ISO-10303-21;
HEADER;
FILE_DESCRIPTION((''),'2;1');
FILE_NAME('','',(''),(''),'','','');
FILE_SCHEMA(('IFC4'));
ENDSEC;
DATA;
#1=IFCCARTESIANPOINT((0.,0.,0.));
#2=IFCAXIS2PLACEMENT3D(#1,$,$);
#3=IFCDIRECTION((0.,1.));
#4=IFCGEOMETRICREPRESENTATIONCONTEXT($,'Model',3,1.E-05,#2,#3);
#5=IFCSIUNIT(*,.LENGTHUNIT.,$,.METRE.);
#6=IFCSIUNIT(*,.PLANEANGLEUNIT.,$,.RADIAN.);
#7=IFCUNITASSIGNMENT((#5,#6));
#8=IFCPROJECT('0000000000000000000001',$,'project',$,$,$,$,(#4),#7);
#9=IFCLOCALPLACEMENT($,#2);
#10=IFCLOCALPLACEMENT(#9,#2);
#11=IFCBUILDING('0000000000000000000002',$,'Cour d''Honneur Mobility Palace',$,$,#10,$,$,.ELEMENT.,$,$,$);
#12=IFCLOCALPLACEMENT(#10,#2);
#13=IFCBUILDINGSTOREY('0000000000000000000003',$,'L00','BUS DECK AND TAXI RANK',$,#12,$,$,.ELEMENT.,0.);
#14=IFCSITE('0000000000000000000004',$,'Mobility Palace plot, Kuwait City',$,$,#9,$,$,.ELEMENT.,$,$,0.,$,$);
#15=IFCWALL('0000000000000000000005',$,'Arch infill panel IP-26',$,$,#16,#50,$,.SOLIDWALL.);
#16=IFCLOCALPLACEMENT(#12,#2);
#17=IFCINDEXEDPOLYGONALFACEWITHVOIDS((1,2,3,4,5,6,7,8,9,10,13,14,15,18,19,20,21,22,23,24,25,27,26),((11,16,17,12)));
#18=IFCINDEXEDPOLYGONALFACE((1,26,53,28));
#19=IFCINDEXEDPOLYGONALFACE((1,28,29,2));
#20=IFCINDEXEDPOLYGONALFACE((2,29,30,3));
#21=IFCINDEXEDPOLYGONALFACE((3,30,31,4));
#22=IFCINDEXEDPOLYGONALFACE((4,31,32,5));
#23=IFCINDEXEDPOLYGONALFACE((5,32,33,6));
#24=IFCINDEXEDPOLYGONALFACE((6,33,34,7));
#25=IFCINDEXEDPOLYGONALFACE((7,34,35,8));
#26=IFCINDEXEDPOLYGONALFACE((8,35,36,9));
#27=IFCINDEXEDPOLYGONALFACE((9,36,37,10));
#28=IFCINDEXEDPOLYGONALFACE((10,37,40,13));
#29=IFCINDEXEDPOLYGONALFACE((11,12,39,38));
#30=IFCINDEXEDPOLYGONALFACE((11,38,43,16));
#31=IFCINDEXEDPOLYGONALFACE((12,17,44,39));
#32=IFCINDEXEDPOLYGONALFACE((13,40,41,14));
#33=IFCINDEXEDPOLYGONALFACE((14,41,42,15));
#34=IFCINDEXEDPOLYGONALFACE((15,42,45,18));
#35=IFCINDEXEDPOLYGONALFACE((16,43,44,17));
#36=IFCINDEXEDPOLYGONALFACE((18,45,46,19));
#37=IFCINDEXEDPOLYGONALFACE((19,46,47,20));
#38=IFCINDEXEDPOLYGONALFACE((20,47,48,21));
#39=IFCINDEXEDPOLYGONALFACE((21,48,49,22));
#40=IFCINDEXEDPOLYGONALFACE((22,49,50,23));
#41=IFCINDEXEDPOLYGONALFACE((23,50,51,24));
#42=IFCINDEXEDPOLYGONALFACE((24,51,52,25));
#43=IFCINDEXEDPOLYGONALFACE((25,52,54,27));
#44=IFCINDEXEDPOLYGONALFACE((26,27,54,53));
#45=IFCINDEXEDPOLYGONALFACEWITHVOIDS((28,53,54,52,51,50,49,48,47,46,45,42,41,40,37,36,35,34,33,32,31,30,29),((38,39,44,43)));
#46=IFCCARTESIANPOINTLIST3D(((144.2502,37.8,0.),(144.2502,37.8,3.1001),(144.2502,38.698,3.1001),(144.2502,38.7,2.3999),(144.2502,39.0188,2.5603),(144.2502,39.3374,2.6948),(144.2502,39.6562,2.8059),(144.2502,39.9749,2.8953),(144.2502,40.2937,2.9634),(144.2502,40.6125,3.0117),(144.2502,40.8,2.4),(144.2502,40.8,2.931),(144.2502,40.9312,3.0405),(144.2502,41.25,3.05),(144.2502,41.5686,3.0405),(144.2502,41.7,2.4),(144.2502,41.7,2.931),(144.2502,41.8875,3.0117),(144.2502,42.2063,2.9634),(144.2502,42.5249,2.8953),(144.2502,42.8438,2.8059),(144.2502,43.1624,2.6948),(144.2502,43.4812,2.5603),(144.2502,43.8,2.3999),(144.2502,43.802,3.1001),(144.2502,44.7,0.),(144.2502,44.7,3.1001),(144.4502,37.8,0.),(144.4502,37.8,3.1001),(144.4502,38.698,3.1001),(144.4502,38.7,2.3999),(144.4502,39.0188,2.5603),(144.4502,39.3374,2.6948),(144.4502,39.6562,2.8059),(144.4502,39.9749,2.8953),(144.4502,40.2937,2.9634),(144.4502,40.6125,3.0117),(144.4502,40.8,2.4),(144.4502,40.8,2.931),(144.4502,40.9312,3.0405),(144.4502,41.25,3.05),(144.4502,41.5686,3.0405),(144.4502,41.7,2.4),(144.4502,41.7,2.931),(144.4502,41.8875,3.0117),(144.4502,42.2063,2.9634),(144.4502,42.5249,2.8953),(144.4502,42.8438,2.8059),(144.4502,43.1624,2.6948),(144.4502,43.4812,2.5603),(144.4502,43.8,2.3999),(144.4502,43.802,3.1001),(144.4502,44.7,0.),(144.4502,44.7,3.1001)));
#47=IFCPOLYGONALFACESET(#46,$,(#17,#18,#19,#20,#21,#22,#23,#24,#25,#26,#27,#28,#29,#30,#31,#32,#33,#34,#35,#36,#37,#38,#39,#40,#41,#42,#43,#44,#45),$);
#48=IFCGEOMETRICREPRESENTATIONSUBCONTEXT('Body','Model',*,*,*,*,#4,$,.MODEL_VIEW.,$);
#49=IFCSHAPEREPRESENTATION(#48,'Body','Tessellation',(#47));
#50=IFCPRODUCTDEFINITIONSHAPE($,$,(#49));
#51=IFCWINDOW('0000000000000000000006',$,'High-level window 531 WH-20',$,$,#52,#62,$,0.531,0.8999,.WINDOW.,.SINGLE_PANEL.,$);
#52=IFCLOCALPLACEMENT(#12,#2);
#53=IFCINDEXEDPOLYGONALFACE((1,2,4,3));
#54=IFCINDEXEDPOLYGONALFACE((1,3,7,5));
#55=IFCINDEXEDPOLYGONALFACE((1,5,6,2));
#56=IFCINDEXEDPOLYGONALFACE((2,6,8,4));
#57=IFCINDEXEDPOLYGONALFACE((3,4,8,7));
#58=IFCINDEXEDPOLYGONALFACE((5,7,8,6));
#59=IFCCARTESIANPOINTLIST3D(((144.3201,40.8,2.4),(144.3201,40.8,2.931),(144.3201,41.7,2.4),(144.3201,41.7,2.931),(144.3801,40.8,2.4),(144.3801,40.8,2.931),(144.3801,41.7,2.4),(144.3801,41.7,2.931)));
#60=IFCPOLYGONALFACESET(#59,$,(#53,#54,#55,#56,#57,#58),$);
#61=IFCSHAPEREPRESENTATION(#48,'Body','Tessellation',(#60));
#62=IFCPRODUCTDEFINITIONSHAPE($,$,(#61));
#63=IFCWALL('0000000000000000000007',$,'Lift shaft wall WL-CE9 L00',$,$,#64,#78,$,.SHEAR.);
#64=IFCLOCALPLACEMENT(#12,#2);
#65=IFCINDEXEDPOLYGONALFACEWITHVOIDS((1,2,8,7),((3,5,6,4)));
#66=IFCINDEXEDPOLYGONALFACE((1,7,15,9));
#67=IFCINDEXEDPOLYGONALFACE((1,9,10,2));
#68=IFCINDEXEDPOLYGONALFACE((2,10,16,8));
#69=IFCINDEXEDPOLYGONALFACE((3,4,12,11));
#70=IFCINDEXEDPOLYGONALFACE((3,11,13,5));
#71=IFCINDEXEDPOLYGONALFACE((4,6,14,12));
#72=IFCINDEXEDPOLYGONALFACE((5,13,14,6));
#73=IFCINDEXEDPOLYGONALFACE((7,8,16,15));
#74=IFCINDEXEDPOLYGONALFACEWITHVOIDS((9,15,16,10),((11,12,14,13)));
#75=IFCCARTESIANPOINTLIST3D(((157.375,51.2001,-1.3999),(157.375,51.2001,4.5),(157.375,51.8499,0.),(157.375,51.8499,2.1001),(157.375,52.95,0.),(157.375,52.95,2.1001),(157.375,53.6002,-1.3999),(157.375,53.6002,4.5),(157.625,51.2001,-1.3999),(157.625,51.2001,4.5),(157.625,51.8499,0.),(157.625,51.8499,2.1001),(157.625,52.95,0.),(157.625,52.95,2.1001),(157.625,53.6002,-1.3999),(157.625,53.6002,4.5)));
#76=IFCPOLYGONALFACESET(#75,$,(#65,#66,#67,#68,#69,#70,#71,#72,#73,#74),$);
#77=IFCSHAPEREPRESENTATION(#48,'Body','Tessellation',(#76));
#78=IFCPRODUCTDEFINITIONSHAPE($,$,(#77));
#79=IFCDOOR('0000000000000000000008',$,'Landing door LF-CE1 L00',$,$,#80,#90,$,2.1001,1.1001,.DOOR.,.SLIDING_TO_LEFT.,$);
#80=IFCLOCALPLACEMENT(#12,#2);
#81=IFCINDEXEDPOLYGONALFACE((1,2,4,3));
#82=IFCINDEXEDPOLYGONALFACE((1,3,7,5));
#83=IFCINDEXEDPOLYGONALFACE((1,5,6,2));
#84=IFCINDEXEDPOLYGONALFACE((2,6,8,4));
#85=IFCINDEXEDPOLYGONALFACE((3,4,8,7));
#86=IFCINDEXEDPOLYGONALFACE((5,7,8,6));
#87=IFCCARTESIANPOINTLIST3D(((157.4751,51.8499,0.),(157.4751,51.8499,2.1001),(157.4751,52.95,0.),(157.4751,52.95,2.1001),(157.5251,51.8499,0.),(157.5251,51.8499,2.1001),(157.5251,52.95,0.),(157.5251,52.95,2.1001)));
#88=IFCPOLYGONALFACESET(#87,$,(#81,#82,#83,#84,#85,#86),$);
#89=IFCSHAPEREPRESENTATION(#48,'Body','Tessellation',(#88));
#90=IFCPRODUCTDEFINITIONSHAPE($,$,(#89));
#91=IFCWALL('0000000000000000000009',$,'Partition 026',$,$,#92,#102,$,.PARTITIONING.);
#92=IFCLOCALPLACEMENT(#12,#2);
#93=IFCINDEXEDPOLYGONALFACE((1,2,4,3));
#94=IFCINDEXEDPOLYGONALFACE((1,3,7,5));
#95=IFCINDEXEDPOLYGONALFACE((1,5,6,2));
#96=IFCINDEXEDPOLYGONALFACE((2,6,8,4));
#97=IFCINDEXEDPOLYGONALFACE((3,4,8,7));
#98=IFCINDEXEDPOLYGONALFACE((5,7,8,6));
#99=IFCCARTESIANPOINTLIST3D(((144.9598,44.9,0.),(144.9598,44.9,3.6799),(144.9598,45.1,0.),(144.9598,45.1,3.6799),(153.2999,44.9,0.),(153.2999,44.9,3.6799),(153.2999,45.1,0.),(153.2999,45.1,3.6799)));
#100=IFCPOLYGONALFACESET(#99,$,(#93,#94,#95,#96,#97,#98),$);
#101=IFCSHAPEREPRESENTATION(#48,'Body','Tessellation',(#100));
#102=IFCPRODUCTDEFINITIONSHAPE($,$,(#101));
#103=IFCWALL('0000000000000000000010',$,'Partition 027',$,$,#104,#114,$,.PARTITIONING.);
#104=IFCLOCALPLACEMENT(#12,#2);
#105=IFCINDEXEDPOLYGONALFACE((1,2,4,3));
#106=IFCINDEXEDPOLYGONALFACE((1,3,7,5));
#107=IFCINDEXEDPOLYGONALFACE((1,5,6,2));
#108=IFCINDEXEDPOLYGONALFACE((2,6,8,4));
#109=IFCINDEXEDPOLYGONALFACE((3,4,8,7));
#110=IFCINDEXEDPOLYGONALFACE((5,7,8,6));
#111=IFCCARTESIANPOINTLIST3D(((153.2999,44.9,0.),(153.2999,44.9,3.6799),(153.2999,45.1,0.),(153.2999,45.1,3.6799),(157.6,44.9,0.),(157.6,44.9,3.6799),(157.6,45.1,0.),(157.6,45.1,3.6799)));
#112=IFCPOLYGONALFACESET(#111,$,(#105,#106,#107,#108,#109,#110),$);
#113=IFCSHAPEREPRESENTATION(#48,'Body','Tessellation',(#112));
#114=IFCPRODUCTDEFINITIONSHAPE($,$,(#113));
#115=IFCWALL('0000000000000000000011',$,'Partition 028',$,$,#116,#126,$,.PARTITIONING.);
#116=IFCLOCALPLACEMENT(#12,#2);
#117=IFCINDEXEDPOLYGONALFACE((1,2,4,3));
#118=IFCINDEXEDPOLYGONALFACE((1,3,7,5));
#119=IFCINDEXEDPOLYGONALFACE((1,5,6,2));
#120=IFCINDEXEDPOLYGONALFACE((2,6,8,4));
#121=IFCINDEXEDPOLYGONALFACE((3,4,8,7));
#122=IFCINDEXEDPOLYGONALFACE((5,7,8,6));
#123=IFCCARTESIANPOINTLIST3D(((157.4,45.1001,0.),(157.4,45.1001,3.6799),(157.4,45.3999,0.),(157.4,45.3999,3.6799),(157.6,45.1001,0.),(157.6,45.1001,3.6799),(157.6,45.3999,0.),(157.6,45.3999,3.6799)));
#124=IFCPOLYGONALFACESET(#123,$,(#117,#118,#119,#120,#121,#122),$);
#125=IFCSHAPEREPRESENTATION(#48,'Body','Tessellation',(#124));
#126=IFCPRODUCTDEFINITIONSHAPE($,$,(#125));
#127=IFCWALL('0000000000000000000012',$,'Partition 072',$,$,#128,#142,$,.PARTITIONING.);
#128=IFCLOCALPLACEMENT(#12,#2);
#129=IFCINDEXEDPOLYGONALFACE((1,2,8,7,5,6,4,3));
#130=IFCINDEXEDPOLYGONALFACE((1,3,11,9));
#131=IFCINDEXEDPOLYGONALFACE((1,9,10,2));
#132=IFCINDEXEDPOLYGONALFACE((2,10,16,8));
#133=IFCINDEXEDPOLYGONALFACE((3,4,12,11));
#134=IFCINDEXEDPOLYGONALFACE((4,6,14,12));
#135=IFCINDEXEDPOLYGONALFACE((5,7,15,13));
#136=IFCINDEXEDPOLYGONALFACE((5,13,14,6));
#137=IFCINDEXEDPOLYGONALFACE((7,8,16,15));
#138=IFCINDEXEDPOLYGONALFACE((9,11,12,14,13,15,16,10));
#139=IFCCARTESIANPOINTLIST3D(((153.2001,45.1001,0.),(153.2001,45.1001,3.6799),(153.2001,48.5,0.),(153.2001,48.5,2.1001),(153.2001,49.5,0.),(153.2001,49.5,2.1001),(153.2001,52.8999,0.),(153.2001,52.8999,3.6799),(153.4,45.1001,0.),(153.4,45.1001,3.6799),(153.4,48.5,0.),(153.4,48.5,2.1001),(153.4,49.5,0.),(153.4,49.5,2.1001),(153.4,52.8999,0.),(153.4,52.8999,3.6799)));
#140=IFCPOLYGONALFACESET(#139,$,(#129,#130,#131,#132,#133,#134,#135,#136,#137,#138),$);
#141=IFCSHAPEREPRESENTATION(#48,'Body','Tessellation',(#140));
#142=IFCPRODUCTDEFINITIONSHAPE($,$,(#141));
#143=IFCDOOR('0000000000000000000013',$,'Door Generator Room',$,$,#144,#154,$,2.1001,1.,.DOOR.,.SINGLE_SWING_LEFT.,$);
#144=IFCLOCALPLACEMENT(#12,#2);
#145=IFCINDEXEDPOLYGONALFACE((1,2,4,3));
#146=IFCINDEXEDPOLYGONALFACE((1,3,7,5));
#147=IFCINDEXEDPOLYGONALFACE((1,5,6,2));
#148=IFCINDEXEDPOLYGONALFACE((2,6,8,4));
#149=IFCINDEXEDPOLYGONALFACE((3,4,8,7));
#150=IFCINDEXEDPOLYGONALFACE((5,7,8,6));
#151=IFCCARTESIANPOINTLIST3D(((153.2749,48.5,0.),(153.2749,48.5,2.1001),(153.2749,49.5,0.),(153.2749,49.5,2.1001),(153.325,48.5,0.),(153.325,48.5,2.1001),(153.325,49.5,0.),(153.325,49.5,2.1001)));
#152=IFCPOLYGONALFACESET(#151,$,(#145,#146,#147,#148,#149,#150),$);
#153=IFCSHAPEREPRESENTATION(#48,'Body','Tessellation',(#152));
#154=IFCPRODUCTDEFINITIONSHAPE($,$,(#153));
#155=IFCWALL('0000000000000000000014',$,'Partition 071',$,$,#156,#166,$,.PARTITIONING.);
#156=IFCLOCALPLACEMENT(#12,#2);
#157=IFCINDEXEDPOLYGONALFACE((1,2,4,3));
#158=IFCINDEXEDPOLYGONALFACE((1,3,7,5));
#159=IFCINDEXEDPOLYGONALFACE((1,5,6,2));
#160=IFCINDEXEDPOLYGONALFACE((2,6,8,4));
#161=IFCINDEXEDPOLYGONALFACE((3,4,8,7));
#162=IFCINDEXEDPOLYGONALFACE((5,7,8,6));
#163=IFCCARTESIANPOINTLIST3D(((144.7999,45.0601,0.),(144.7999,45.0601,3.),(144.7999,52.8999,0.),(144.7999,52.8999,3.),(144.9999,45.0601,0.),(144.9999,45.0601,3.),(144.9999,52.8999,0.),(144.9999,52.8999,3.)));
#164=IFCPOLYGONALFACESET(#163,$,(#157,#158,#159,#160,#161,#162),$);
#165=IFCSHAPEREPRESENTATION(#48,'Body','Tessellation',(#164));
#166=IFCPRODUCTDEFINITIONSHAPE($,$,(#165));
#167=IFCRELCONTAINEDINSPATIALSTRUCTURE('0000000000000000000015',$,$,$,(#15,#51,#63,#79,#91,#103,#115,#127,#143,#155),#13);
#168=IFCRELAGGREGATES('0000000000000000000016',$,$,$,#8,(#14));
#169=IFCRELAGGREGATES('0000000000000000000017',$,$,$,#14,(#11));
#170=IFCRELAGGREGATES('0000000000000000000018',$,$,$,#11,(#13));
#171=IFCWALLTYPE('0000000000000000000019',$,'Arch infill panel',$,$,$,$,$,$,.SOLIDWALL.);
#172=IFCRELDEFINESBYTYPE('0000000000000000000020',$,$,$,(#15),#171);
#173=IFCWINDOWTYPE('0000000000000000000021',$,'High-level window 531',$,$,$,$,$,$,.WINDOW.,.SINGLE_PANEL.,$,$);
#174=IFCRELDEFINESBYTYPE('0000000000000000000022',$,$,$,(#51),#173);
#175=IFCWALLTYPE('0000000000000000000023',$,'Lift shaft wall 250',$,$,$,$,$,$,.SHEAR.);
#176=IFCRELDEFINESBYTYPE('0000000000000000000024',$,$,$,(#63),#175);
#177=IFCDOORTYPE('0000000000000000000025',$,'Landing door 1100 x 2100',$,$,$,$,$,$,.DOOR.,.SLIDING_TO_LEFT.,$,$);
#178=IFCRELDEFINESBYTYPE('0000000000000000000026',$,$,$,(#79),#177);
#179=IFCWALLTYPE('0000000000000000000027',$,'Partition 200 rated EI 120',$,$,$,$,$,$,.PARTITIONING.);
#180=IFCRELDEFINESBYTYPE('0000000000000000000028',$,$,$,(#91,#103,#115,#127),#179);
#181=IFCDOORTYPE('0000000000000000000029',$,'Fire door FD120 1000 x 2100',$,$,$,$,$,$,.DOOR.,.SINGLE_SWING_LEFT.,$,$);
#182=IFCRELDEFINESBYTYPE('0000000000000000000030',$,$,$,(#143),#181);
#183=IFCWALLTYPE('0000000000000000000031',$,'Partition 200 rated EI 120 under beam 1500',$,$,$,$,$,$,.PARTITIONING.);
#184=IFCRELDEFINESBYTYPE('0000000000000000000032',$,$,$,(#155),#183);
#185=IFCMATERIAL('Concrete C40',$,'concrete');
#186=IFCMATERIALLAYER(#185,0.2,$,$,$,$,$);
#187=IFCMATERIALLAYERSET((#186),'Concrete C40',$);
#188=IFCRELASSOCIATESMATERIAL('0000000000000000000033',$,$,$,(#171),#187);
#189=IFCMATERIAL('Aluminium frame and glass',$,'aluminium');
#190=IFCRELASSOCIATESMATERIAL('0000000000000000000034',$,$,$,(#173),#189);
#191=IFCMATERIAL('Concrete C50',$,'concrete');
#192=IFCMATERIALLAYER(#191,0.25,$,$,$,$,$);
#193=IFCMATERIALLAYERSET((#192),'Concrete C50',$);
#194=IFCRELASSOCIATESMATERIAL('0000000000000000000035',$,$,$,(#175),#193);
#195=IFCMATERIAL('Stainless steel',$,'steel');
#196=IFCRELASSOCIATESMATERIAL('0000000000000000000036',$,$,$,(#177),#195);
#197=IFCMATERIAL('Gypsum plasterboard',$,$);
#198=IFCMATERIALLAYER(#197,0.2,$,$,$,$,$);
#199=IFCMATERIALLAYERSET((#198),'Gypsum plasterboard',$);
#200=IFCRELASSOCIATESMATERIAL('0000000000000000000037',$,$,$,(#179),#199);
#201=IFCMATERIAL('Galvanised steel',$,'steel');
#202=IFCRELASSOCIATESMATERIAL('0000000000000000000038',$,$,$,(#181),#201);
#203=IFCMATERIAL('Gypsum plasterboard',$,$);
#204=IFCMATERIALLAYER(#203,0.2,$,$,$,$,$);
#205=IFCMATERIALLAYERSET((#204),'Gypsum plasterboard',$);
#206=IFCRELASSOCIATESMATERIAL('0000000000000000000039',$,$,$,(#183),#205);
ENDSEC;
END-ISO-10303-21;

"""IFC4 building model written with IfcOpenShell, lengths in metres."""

from ifc_helpers import new_model, si_unit, direction, frame, frame_2d, origin, place, context, subcontext, project, spatial, polyline, rectangle, outline, extrude, material, layer, layer_set, type_object, element, fill, save


model = new_model("IFC4")

# Units and contexts
model_context = context("Model", 3, precision=1e-05, world=origin(), true_north=direction((0.0, 1.0)))
body_context = subcontext(model_context, "Body", "Model", "MODEL_VIEW")
ifc_project = project(units=[si_unit("LENGTHUNIT", "METRE"), si_unit("PLANEANGLEUNIT", "RADIAN")], contexts=[model_context])

# Site, building, storey
site_placement = place(None, origin())
site = spatial("IfcSite", under=ifc_project, at=site_placement, Name="Mobility Palace plot, Kuwait City", CompositionType="ELEMENT", RefElevation=0.0)
building_placement = place(site_placement, origin())
building = spatial("IfcBuilding", under=site, at=building_placement, Name="Cour d'Honneur Mobility Palace", CompositionType="ELEMENT")
storey_placement = place(building_placement, origin())
storey = spatial("IfcBuildingStorey", under=building, at=storey_placement, Name="L00", Description="BUS DECK AND TAXI RANK", CompositionType="ELEMENT", Elevation=0.0)

# Wall, opening, window
ifc_material_1 = material(Name="Concrete C40", Category="concrete")
ifc_layer_1 = layer(ifc_material_1, 0.2)
ifc_layer_set_1 = layer_set([ifc_layer_1], Name="Concrete C40")
wall_type_1 = type_object("IfcWallType", Name="Arch infill panel", PredefinedType="SOLIDWALL", material=ifc_layer_set_1)
wall_1_placement = place(storey_placement, frame((144.3501, 44.7, 0.0), z_axis=(0.0, 0.0, 1.0), x_axis=(0.0, -1.0, 0.0)))
wall_1 = element("IfcWall", 1, at=wall_1_placement, inside=storey, type_object=wall_type_1, Name="Arch infill panel IP-26", PredefinedType="SOLIDWALL", context=body_context, shape_type="SweptSolid", body=[
    extrude(outline(polyline([(0.0, 0.0), (6.8999, 0.0), (6.8999, 3.1001), (6.002, 3.1001), (6.0, 2.3999), (5.6812, 2.5603), (5.3625, 2.6948), (5.0437, 2.8059), (4.7251, 2.8953), (4.4062, 2.9634), (4.0874, 3.0117), (3.7688, 3.0405), (3.45, 3.05), (3.1313, 3.0405), (2.8125, 3.0117), (2.4937, 2.9634), (2.175, 2.8953), (1.8562, 2.8059), (1.5376, 2.6948), (1.2188, 2.5603), (0.8999, 2.3999), (0.8979, 3.1001), (0.0, 3.1001), (0.0, 0.0)])), frame((0.0, 0.1001, 0.0), z_axis=(0.0, -1.0, 0.0), x_axis=(1.0, 0.0, 0.0)), (0.0, 0.0, 1.0), 0.2),
])
opening_1_placement = place(wall_1_placement, frame((3.0, 0.0, 2.3999)))
opening_1 = element("IfcOpeningElement", 2, at=opening_1_placement, cuts=wall_1, PredefinedType="OPENING", context=body_context, shape_type="SweptSolid", body=[
    extrude(rectangle(XDim=0.8999, YDim=0.531, at=frame_2d((0.45, 0.2656))), frame((0.0, 0.1099, 0.0), z_axis=(0.0, -1.0, 0.0), x_axis=(1.0, 0.0, 0.0)), (0.0, 0.0, 1.0), 0.22),
])
ifc_material_2 = material(Name="Aluminium frame and glass", Category="aluminium")
window_type = type_object("IfcWindowType", Name="High-level window 531", PartitioningType="SINGLE_PANEL", PredefinedType="WINDOW", material=ifc_material_2)
window_placement = place(opening_1_placement, origin())
window = element("IfcWindow", 3, at=window_placement, inside=storey, type_object=window_type, Name="High-level window 531 WH-20", OverallHeight=0.531, OverallWidth=0.8999, PartitioningType="SINGLE_PANEL", PredefinedType="WINDOW", context=body_context, shape_type="SweptSolid", body=[
    extrude(rectangle(XDim=0.8999, YDim=0.531, at=frame_2d((0.45, 0.2656))), frame((0.0, 0.03, 0.0), z_axis=(0.0, -1.0, 0.0), x_axis=(1.0, 0.0, 0.0)), (0.0, 0.0, 1.0), 0.0601),
])
fill(opening_1, window)

# Wall, opening, door
ifc_material_3 = material(Name="Concrete C50", Category="concrete")
ifc_layer_2 = layer(ifc_material_3, 0.25)
ifc_layer_set_2 = layer_set([ifc_layer_2], Name="Concrete C50")
wall_type_2 = type_object("IfcWallType", Name="Lift shaft wall 250", PredefinedType="SHEAR", material=ifc_layer_set_2)
wall_2_placement = place(storey_placement, frame((157.5, 51.2, -1.3999), z_axis=(0.0, 0.0, 1.0), x_axis=(0.0, 1.0, 0.0)))
wall_2 = element("IfcWall", 4, at=wall_2_placement, inside=storey, type_object=wall_type_2, Name="Lift shaft wall WL-CE9 L00", PredefinedType="SHEAR", context=body_context, shape_type="SweptSolid", body=[
    extrude(rectangle(XDim=2.4001, YDim=0.25, at=frame_2d((1.2002, 0.0))), origin(), (0.0, 0.0, 1.0), 5.8999),
])
opening_2_placement = place(wall_2_placement, frame((0.6499, 0.0, 1.3999)))
opening_2 = element("IfcOpeningElement", 5, at=opening_2_placement, cuts=wall_2, PredefinedType="OPENING", context=body_context, shape_type="SweptSolid", body=[
    extrude(rectangle(XDim=1.1001, YDim=2.1001, at=frame_2d((0.55, 1.05))), frame((0.0, 0.135, 0.0), z_axis=(0.0, -1.0, 0.0), x_axis=(1.0, 0.0, 0.0)), (0.0, 0.0, 1.0), 0.27),
])
ifc_material_4 = material(Name="Stainless steel", Category="steel")
door_type_1 = type_object("IfcDoorType", Name="Landing door 1100 x 2100", OperationType="SLIDING_TO_LEFT", PredefinedType="DOOR", material=ifc_material_4)
door_1_placement = place(opening_2_placement, origin())
door_1 = element("IfcDoor", 6, at=door_1_placement, inside=storey, type_object=door_type_1, Name="Landing door LF-CE1 L00", OperationType="SLIDING_TO_LEFT", OverallHeight=2.1001, OverallWidth=1.1001, PredefinedType="DOOR", context=body_context, shape_type="SweptSolid", body=[
    extrude(rectangle(XDim=1.1001, YDim=2.1001, at=frame_2d((0.55, 1.05))), frame((0.0, 0.0249, 0.0), z_axis=(0.0, -1.0, 0.0), x_axis=(1.0, 0.0, 0.0)), (0.0, 0.0, 1.0), 0.05),
])
fill(opening_2, door_1)

# Walls
ifc_material_5 = material(Name="Gypsum plasterboard")
ifc_layer_3 = layer(ifc_material_5, 0.2)
ifc_layer_set_3 = layer_set([ifc_layer_3], Name="Gypsum plasterboard")
wall_type_3 = type_object("IfcWallType", Name="Partition 200 rated EI 120", PredefinedType="PARTITIONING", material=ifc_layer_set_3)
wall_3_placement = place(storey_placement, frame((144.96, 45.0, 0.0), z_axis=(0.0, 0.0, 1.0), x_axis=(1.0, 0.0, 0.0)))
element("IfcWall", 7, at=wall_3_placement, inside=storey, type_object=wall_type_3, Name="Partition 026", PredefinedType="PARTITIONING", context=body_context, shape_type="SweptSolid", body=[
    extrude(rectangle(XDim=8.3401, YDim=0.2, at=frame_2d((4.1699, 0.0))), origin(), (0.0, 0.0, 1.0), 3.6799),
])
wall_4_placement = place(storey_placement, frame((153.3, 45.0, 0.0), z_axis=(0.0, 0.0, 1.0), x_axis=(1.0, 0.0, 0.0)))
element("IfcWall", 8, at=wall_4_placement, inside=storey, type_object=wall_type_3, Name="Partition 027", PredefinedType="PARTITIONING", context=body_context, shape_type="SweptSolid", body=[
    extrude(rectangle(XDim=4.3, YDim=0.2, at=frame_2d((2.1499, 0.0))), origin(), (0.0, 0.0, 1.0), 3.6799),
])
wall_5_placement = place(storey_placement, frame((157.5, 45.1001, 0.0), z_axis=(0.0, 0.0, 1.0), x_axis=(0.0, 1.0, 0.0)))
element("IfcWall", 9, at=wall_5_placement, inside=storey, type_object=wall_type_3, Name="Partition 028", PredefinedType="PARTITIONING", context=body_context, shape_type="SweptSolid", body=[
    extrude(rectangle(XDim=0.2998, YDim=0.2, at=frame_2d((0.1499, 0.0))), origin(), (0.0, 0.0, 1.0), 3.6799),
])

# Wall, opening, door
wall_6_placement = place(storey_placement, frame((153.3, 52.8999, 0.0), z_axis=(0.0, 0.0, 1.0), x_axis=(0.0, -1.0, 0.0)))
wall_6 = element("IfcWall", 10, at=wall_6_placement, inside=storey, type_object=wall_type_3, Name="Partition 072", PredefinedType="PARTITIONING", context=body_context, shape_type="SweptSolid", body=[
    extrude(rectangle(XDim=7.7998, YDim=0.2, at=frame_2d((3.8999, 0.0))), origin(), (0.0, 0.0, 1.0), 3.6799),
])
opening_3_placement = place(wall_6_placement, frame((3.3999, 0.0, 0.0)))
opening_3 = element("IfcOpeningElement", 11, at=opening_3_placement, cuts=wall_6, PredefinedType="OPENING", context=body_context, shape_type="SweptSolid", body=[
    extrude(rectangle(XDim=1.0, YDim=2.1001, at=frame_2d((0.5, 1.05))), frame((0.0, 0.1099, 0.0), z_axis=(0.0, -1.0, 0.0), x_axis=(1.0, 0.0, 0.0)), (0.0, 0.0, 1.0), 0.22),
])
ifc_material_6 = material(Name="Galvanised steel", Category="steel")
door_type_2 = type_object("IfcDoorType", Name="Fire door FD120 1000 x 2100", OperationType="SINGLE_SWING_LEFT", PredefinedType="DOOR", material=ifc_material_6)
door_2_placement = place(opening_3_placement, origin())
door_2 = element("IfcDoor", 12, at=door_2_placement, inside=storey, type_object=door_type_2, Name="Door Generator Room", OperationType="SINGLE_SWING_LEFT", OverallHeight=2.1001, OverallWidth=1.0, PredefinedType="DOOR", context=body_context, shape_type="SweptSolid", body=[
    extrude(rectangle(XDim=1.0, YDim=2.1001, at=frame_2d((0.5, 1.05))), frame((0.0, 0.0249, 0.0), z_axis=(0.0, -1.0, 0.0), x_axis=(1.0, 0.0, 0.0)), (0.0, 0.0, 1.0), 0.05),
])
fill(opening_3, door_2)

# Wall
ifc_material_7 = material(Name="Gypsum plasterboard")
ifc_layer_4 = layer(ifc_material_7, 0.2)
ifc_layer_set_4 = layer_set([ifc_layer_4], Name="Gypsum plasterboard")
wall_type_4 = type_object("IfcWallType", Name="Partition 200 rated EI 120 under beam 1500", PredefinedType="PARTITIONING", material=ifc_layer_set_4)
wall_7_placement = place(storey_placement, frame((144.8999, 52.8999, 0.0), z_axis=(0.0, 0.0, 1.0), x_axis=(0.0, -1.0, 0.0)))
element("IfcWall", 13, at=wall_7_placement, inside=storey, type_object=wall_type_4, Name="Partition 071", PredefinedType="PARTITIONING", context=body_context, shape_type="SweptSolid", body=[
    extrude(rectangle(XDim=7.8398, YDim=0.2, at=frame_2d((3.9199, 0.0))), origin(), (0.0, 0.0, 1.0), 3.0),
])

save(model, "model.ifc")
